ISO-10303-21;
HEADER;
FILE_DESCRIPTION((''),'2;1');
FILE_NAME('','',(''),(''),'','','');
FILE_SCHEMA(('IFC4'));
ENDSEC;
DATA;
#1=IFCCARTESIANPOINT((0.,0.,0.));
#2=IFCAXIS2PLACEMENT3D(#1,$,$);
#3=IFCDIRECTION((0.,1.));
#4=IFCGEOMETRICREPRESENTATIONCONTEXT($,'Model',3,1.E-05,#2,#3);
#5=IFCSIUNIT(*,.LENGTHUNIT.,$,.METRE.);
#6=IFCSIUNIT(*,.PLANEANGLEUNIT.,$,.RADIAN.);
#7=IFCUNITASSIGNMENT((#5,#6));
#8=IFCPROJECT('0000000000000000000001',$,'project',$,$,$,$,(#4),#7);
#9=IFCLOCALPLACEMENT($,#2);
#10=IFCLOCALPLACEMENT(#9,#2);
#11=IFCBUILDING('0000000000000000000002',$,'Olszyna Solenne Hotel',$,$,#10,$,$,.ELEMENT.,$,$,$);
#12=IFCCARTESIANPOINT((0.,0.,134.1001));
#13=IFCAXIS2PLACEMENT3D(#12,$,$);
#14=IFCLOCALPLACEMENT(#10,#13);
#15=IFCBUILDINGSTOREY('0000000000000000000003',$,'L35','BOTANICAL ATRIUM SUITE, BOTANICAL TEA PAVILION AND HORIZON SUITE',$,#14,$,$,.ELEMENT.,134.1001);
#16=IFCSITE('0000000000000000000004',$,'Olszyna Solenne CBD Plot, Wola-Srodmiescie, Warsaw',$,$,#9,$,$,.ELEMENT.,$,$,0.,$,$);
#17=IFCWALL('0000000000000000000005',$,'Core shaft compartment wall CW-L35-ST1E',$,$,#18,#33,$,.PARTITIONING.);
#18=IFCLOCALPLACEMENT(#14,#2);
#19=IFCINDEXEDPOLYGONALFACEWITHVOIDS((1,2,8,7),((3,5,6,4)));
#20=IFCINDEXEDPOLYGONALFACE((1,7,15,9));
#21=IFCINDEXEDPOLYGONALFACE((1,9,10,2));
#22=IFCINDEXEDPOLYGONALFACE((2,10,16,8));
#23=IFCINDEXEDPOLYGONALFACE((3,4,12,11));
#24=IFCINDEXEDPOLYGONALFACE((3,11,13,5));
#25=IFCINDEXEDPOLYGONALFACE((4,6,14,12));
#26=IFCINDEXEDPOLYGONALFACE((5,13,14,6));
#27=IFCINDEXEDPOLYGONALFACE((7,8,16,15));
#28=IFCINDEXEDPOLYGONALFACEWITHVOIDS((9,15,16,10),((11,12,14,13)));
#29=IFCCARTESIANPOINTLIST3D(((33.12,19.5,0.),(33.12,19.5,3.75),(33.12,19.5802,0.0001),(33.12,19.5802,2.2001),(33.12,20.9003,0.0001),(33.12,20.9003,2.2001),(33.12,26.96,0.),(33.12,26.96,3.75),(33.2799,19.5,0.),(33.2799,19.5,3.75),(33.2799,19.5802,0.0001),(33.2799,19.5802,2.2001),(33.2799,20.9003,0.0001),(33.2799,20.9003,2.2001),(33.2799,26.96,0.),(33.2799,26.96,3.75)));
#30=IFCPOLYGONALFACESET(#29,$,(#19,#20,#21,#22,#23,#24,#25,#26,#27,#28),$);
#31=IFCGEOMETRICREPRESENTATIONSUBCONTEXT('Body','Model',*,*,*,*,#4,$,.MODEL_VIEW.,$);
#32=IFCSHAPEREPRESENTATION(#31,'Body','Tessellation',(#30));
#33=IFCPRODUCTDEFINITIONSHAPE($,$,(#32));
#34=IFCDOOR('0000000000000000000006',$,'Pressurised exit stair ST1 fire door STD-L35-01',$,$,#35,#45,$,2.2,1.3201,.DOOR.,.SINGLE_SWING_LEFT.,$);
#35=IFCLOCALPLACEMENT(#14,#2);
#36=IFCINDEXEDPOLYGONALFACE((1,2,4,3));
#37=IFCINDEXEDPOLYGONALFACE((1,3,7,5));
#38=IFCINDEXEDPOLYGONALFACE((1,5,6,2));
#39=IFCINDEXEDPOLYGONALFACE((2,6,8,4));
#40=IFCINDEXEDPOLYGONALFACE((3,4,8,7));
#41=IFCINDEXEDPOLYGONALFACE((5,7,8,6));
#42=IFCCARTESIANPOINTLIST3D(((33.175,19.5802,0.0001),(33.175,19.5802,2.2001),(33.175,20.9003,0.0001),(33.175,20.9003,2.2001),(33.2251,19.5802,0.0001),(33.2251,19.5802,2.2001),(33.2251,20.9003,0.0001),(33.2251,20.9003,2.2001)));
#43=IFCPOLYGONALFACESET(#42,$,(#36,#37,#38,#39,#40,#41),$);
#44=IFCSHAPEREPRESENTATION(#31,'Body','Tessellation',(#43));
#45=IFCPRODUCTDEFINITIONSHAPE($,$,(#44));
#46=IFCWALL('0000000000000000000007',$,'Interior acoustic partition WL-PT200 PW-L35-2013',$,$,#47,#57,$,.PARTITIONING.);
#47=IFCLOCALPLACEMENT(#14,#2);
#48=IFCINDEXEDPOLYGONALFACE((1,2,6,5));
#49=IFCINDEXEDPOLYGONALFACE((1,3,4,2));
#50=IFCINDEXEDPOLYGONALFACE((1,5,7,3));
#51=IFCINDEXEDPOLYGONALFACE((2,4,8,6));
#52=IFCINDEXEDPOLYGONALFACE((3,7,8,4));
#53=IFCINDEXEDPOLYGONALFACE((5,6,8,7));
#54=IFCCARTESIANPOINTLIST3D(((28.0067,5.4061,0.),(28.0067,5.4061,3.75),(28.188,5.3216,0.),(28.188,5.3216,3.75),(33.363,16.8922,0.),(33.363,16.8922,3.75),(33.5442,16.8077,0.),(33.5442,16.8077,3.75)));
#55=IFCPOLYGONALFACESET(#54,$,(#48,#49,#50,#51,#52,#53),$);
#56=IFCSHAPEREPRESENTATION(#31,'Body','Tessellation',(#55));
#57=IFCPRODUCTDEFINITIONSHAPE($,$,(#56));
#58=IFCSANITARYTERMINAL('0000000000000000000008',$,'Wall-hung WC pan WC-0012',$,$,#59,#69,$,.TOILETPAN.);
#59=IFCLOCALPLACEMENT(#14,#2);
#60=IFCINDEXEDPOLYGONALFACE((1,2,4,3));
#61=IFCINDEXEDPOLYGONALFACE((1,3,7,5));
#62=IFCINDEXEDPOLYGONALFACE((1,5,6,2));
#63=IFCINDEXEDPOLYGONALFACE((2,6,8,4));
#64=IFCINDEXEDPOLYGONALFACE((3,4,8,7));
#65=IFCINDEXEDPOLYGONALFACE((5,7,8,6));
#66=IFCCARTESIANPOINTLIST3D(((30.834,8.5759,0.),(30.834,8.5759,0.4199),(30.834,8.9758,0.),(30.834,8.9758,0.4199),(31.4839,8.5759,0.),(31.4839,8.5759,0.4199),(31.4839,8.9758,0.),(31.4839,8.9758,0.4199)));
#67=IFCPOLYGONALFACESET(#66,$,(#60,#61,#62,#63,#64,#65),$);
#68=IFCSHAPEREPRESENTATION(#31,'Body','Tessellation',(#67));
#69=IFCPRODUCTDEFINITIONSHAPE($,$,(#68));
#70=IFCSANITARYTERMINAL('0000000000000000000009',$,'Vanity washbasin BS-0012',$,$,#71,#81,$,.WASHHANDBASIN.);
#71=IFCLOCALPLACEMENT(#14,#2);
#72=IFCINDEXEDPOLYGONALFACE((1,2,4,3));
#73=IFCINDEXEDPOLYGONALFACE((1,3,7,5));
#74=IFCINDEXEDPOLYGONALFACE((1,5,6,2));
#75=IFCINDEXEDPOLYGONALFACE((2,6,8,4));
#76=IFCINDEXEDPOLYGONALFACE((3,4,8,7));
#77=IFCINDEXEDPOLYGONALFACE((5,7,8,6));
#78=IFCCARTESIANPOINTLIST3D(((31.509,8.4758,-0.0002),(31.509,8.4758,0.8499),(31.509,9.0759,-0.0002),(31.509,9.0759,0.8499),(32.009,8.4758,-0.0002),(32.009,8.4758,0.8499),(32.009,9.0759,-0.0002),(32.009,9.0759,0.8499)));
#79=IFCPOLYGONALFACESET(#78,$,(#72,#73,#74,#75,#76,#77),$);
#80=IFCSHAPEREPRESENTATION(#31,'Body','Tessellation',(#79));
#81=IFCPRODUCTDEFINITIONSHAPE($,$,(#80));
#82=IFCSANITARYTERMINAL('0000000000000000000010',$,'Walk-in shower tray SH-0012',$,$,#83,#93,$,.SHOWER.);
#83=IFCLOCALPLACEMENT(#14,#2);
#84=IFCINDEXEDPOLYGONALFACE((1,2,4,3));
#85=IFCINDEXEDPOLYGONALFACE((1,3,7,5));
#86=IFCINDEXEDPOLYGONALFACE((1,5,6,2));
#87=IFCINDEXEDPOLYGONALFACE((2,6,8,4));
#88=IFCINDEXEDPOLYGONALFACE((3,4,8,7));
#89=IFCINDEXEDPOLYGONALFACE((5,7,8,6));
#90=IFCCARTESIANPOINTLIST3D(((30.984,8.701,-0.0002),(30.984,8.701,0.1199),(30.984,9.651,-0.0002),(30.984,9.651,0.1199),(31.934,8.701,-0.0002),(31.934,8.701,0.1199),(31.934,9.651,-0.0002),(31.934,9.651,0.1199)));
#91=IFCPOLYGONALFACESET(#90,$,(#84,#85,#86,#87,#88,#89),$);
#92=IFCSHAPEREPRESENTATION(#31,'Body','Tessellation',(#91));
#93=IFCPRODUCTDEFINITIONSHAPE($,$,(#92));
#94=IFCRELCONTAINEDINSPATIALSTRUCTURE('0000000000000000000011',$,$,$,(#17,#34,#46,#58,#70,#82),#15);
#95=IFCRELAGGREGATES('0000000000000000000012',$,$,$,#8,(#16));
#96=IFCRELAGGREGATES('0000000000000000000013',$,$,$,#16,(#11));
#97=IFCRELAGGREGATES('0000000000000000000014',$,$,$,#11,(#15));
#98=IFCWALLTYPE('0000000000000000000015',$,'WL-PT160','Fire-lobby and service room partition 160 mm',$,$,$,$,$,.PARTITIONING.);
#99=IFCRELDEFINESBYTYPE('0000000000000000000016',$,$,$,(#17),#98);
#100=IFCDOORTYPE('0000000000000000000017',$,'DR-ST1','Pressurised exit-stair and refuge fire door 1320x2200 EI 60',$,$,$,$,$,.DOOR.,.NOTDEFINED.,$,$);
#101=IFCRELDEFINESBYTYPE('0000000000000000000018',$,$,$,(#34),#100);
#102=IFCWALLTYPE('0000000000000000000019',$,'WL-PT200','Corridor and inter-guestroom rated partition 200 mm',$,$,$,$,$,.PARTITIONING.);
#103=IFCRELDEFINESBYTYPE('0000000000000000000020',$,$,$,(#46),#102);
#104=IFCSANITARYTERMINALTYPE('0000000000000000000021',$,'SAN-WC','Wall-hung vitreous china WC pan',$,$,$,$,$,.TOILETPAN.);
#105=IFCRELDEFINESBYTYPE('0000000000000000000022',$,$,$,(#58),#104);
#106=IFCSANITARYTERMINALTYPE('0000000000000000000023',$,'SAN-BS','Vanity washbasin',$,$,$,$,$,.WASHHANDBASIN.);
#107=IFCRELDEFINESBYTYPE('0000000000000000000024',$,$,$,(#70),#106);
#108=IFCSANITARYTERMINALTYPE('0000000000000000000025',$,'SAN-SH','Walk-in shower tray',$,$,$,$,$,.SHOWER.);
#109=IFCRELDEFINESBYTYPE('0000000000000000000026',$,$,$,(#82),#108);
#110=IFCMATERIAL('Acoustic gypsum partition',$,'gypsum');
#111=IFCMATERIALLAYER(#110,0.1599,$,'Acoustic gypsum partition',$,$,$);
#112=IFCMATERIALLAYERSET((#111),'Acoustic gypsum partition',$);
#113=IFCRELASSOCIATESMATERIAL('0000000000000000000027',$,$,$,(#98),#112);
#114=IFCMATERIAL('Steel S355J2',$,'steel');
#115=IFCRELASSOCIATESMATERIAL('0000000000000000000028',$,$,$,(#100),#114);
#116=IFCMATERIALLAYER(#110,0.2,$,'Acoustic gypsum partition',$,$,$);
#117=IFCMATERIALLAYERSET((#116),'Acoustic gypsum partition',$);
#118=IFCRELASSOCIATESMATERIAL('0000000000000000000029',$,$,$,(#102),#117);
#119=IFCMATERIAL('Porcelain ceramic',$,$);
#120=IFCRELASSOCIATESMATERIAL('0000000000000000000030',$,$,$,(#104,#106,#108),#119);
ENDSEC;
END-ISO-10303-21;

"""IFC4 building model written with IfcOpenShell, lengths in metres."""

from ifc_helpers import new_model, si_unit, direction, frame, frame_2d, origin, origin_2d, place, context, subcontext, project, spatial, rectangle, extrude, source, transform, mapped, material, layer, layer_set, type_object, type_shapes, element, fill, save


model = new_model("IFC4")

# Units and contexts
model_context = context("Model", 3, precision=1e-05, world=origin(), true_north=direction((0.0, 1.0)))
body_context = subcontext(model_context, "Body", "Model", "MODEL_VIEW")
ifc_project = project(units=[si_unit("LENGTHUNIT", "METRE"), si_unit("PLANEANGLEUNIT", "RADIAN")], contexts=[model_context])

# Site, building, storey
site_placement = place(None, origin())
site = spatial("IfcSite", under=ifc_project, at=site_placement, Name="Olszyna Solenne CBD Plot, Wola-Srodmiescie, Warsaw", CompositionType="ELEMENT", RefElevation=0.0)
building_placement = place(site_placement, origin())
building = spatial("IfcBuilding", under=site, at=building_placement, Name="Olszyna Solenne Hotel", CompositionType="ELEMENT")
storey_placement = place(building_placement, frame((0.0, 0.0, 134.1001)))
storey = spatial("IfcBuildingStorey", under=building, at=storey_placement, Name="L35", Description="BOTANICAL ATRIUM SUITE, BOTANICAL TEA PAVILION AND HORIZON SUITE", CompositionType="ELEMENT", Elevation=134.1001)

# Shared definitions
ifc_material_1 = material(Name="Steel S355J2", Category="steel")

# Shared definitions
ifc_material_2 = material(Name="Acoustic gypsum partition", Category="gypsum")

# Wall, opening, door
ifc_layer_1 = layer(ifc_material_2, 0.1599, Name="Acoustic gypsum partition")
ifc_layer_set_1 = layer_set([ifc_layer_1], Name="Acoustic gypsum partition")
wall_type_1 = type_object("IfcWallType", Name="WL-PT160", Description="Fire-lobby and service room partition 160 mm", PredefinedType="PARTITIONING", material=ifc_layer_set_1)
wall_1_placement = place(storey_placement, frame((33.2, 19.5, 0.0), z_axis=(0.0, 0.0, 1.0), x_axis=(0.0, 1.0, 0.0)))
wall_1 = element("IfcWall", 1, at=wall_1_placement, inside=storey, type_object=wall_type_1, Name="Core shaft compartment wall CW-L35-ST1E", PredefinedType="PARTITIONING", context=body_context, shape_type="SweptSolid", body=[
    extrude(rectangle(XDim=7.46, YDim=0.1599, at=frame_2d((3.73, 0.0))), origin(), (0.0, 0.0, 1.0), 3.75),
])
opening_1_placement = place(wall_1_placement, frame((0.0801, 0.0, 0.0)))
opening_1 = element("IfcOpeningElement", 2, at=opening_1_placement, cuts=wall_1, PredefinedType="OPENING", context=body_context, shape_type="SweptSolid", body=[
    extrude(rectangle(XDim=1.3201, YDim=2.2, at=frame_2d((0.6602, 1.1001))), frame((0.0, 0.0898, 0.0), z_axis=(0.0, -1.0, 0.0), x_axis=(1.0, 0.0, 0.0)), (0.0, 0.0, 1.0), 0.1799),
])
door_type_1 = type_object("IfcDoorType", Name="DR-ST1", Description="Pressurised exit-stair and refuge fire door 1320x2200 EI 60", OperationType="NOTDEFINED", PredefinedType="DOOR", material=ifc_material_1)
shared_shape_1 = source(origin(), body_context, "Body", "SweptSolid", [
    extrude(rectangle(XDim=1.3201, YDim=2.2, at=frame_2d((0.6602, 1.1001))), frame((0.0, 0.0249, 0.0), z_axis=(0.0, -1.0, 0.0), x_axis=(1.0, 0.0, 0.0)), (0.0, 0.0, 1.0), 0.05),
])
type_shapes(door_type_1, [shared_shape_1])
door_1_placement = place(opening_1_placement, origin())
door_1 = element("IfcDoor", 3, at=door_1_placement, inside=storey, type_object=door_type_1, Name="Pressurised exit stair ST1 fire door STD-L35-01", OperationType="SINGLE_SWING_LEFT", OverallHeight=2.2, OverallWidth=1.3201, PredefinedType="DOOR", context=body_context, shape_type="MappedRepresentation", body=[
    mapped(shared_shape_1, transform((0.0, 0.0, 0.0), x_axis=(1.0, 0.0, 0.0), y_axis=(0.0, 1.0, 0.0), z_axis=(0.0, 0.0, 1.0), scale=1.0)),
])
fill(opening_1, door_1)

# Wall
ifc_layer_2 = layer(ifc_material_2, 0.2, Name="Acoustic gypsum partition")
ifc_layer_set_2 = layer_set([ifc_layer_2], Name="Acoustic gypsum partition")
wall_type_2 = type_object("IfcWallType", Name="WL-PT200", Description="Corridor and inter-guestroom rated partition 200 mm", PredefinedType="PARTITIONING", material=ifc_layer_set_2)
wall_2_placement = place(storey_placement, frame((33.4536, 16.8501, 0.0), z_axis=(0.0, 0.0, 1.0), x_axis=(-0.422628, -0.906303, 0.0)))
element("IfcWall", 4, at=wall_2_placement, inside=storey, type_object=wall_type_2, Name="Interior acoustic partition WL-PT200 PW-L35-2013", PredefinedType="PARTITIONING", context=body_context, shape_type="SweptSolid", body=[
    extrude(rectangle(XDim=12.6736, YDim=0.2, at=frame_2d((6.3369, 0.0))), origin(), (0.0, 0.0, 1.0), 3.75),
])

# Sanitary terminals
ifc_material_3 = material(Name="Porcelain ceramic")
sanitary_terminal_type_1 = type_object("IfcSanitaryTerminalType", Name="SAN-WC", Description="Wall-hung vitreous china WC pan", PredefinedType="TOILETPAN", material=ifc_material_3)
shared_shape_2 = source(origin(), body_context, "Body", "SweptSolid", [
    extrude(rectangle(XDim=0.6499, YDim=0.3999, at=origin_2d()), origin(), (0.0, 0.0, 1.0), 0.4199),
])
sanitary_terminal_1_placement = place(storey_placement, frame((31.1589, 8.7759, 0.0), z_axis=(0.0, 0.0, 1.0), x_axis=(1.0, 0.0, 0.0)))
element("IfcSanitaryTerminal", 5, at=sanitary_terminal_1_placement, inside=storey, type_object=sanitary_terminal_type_1, Name="Wall-hung WC pan WC-0012", PredefinedType="TOILETPAN", context=body_context, shape_type="MappedRepresentation", body=[
    mapped(shared_shape_2, transform((0.0, 0.0, 0.0), x_axis=(1.0, 0.0, 0.0), y_axis=(0.0, 1.0, 0.0), z_axis=(0.0, 0.0, 1.0), scale=1.0)),
])
sanitary_terminal_type_2 = type_object("IfcSanitaryTerminalType", Name="SAN-BS", Description="Vanity washbasin", PredefinedType="WASHHANDBASIN", material=ifc_material_3)
shared_shape_3 = source(origin(), body_context, "Body", "SweptSolid", [
    extrude(rectangle(XDim=0.5, YDim=0.6001, at=origin_2d()), origin(), (0.0, 0.0, 1.0), 0.8501),
])
sanitary_terminal_2_placement = place(storey_placement, frame((31.759, 8.7759, -0.0002), z_axis=(0.0, 0.0, 1.0), x_axis=(1.0, 0.0, 0.0)))
element("IfcSanitaryTerminal", 6, at=sanitary_terminal_2_placement, inside=storey, type_object=sanitary_terminal_type_2, Name="Vanity washbasin BS-0012", PredefinedType="WASHHANDBASIN", context=body_context, shape_type="MappedRepresentation", body=[
    mapped(shared_shape_3, transform((0.0, 0.0, 0.0), x_axis=(1.0, 0.0, 0.0), y_axis=(0.0, 1.0, 0.0), z_axis=(0.0, 0.0, 1.0), scale=1.0)),
])
sanitary_terminal_type_3 = type_object("IfcSanitaryTerminalType", Name="SAN-SH", Description="Walk-in shower tray", PredefinedType="SHOWER", material=ifc_material_3)
shared_shape_4 = source(origin(), body_context, "Body", "SweptSolid", [
    extrude(rectangle(XDim=0.95, YDim=0.95, at=origin_2d()), origin(), (0.0, 0.0, 1.0), 0.1201),
])
sanitary_terminal_3_placement = place(storey_placement, frame((31.459, 9.176, -0.0002), z_axis=(0.0, 0.0, 1.0), x_axis=(1.0, 0.0, 0.0)))
element("IfcSanitaryTerminal", 7, at=sanitary_terminal_3_placement, inside=storey, type_object=sanitary_terminal_type_3, Name="Walk-in shower tray SH-0012", PredefinedType="SHOWER", context=body_context, shape_type="MappedRepresentation", body=[
    mapped(shared_shape_4, transform((0.0, 0.0, 0.0), x_axis=(1.0, 0.0, 0.0), y_axis=(0.0, 1.0, 0.0), z_axis=(0.0, 0.0, 1.0), scale=1.0)),
])

save(model, "model.ifc")
